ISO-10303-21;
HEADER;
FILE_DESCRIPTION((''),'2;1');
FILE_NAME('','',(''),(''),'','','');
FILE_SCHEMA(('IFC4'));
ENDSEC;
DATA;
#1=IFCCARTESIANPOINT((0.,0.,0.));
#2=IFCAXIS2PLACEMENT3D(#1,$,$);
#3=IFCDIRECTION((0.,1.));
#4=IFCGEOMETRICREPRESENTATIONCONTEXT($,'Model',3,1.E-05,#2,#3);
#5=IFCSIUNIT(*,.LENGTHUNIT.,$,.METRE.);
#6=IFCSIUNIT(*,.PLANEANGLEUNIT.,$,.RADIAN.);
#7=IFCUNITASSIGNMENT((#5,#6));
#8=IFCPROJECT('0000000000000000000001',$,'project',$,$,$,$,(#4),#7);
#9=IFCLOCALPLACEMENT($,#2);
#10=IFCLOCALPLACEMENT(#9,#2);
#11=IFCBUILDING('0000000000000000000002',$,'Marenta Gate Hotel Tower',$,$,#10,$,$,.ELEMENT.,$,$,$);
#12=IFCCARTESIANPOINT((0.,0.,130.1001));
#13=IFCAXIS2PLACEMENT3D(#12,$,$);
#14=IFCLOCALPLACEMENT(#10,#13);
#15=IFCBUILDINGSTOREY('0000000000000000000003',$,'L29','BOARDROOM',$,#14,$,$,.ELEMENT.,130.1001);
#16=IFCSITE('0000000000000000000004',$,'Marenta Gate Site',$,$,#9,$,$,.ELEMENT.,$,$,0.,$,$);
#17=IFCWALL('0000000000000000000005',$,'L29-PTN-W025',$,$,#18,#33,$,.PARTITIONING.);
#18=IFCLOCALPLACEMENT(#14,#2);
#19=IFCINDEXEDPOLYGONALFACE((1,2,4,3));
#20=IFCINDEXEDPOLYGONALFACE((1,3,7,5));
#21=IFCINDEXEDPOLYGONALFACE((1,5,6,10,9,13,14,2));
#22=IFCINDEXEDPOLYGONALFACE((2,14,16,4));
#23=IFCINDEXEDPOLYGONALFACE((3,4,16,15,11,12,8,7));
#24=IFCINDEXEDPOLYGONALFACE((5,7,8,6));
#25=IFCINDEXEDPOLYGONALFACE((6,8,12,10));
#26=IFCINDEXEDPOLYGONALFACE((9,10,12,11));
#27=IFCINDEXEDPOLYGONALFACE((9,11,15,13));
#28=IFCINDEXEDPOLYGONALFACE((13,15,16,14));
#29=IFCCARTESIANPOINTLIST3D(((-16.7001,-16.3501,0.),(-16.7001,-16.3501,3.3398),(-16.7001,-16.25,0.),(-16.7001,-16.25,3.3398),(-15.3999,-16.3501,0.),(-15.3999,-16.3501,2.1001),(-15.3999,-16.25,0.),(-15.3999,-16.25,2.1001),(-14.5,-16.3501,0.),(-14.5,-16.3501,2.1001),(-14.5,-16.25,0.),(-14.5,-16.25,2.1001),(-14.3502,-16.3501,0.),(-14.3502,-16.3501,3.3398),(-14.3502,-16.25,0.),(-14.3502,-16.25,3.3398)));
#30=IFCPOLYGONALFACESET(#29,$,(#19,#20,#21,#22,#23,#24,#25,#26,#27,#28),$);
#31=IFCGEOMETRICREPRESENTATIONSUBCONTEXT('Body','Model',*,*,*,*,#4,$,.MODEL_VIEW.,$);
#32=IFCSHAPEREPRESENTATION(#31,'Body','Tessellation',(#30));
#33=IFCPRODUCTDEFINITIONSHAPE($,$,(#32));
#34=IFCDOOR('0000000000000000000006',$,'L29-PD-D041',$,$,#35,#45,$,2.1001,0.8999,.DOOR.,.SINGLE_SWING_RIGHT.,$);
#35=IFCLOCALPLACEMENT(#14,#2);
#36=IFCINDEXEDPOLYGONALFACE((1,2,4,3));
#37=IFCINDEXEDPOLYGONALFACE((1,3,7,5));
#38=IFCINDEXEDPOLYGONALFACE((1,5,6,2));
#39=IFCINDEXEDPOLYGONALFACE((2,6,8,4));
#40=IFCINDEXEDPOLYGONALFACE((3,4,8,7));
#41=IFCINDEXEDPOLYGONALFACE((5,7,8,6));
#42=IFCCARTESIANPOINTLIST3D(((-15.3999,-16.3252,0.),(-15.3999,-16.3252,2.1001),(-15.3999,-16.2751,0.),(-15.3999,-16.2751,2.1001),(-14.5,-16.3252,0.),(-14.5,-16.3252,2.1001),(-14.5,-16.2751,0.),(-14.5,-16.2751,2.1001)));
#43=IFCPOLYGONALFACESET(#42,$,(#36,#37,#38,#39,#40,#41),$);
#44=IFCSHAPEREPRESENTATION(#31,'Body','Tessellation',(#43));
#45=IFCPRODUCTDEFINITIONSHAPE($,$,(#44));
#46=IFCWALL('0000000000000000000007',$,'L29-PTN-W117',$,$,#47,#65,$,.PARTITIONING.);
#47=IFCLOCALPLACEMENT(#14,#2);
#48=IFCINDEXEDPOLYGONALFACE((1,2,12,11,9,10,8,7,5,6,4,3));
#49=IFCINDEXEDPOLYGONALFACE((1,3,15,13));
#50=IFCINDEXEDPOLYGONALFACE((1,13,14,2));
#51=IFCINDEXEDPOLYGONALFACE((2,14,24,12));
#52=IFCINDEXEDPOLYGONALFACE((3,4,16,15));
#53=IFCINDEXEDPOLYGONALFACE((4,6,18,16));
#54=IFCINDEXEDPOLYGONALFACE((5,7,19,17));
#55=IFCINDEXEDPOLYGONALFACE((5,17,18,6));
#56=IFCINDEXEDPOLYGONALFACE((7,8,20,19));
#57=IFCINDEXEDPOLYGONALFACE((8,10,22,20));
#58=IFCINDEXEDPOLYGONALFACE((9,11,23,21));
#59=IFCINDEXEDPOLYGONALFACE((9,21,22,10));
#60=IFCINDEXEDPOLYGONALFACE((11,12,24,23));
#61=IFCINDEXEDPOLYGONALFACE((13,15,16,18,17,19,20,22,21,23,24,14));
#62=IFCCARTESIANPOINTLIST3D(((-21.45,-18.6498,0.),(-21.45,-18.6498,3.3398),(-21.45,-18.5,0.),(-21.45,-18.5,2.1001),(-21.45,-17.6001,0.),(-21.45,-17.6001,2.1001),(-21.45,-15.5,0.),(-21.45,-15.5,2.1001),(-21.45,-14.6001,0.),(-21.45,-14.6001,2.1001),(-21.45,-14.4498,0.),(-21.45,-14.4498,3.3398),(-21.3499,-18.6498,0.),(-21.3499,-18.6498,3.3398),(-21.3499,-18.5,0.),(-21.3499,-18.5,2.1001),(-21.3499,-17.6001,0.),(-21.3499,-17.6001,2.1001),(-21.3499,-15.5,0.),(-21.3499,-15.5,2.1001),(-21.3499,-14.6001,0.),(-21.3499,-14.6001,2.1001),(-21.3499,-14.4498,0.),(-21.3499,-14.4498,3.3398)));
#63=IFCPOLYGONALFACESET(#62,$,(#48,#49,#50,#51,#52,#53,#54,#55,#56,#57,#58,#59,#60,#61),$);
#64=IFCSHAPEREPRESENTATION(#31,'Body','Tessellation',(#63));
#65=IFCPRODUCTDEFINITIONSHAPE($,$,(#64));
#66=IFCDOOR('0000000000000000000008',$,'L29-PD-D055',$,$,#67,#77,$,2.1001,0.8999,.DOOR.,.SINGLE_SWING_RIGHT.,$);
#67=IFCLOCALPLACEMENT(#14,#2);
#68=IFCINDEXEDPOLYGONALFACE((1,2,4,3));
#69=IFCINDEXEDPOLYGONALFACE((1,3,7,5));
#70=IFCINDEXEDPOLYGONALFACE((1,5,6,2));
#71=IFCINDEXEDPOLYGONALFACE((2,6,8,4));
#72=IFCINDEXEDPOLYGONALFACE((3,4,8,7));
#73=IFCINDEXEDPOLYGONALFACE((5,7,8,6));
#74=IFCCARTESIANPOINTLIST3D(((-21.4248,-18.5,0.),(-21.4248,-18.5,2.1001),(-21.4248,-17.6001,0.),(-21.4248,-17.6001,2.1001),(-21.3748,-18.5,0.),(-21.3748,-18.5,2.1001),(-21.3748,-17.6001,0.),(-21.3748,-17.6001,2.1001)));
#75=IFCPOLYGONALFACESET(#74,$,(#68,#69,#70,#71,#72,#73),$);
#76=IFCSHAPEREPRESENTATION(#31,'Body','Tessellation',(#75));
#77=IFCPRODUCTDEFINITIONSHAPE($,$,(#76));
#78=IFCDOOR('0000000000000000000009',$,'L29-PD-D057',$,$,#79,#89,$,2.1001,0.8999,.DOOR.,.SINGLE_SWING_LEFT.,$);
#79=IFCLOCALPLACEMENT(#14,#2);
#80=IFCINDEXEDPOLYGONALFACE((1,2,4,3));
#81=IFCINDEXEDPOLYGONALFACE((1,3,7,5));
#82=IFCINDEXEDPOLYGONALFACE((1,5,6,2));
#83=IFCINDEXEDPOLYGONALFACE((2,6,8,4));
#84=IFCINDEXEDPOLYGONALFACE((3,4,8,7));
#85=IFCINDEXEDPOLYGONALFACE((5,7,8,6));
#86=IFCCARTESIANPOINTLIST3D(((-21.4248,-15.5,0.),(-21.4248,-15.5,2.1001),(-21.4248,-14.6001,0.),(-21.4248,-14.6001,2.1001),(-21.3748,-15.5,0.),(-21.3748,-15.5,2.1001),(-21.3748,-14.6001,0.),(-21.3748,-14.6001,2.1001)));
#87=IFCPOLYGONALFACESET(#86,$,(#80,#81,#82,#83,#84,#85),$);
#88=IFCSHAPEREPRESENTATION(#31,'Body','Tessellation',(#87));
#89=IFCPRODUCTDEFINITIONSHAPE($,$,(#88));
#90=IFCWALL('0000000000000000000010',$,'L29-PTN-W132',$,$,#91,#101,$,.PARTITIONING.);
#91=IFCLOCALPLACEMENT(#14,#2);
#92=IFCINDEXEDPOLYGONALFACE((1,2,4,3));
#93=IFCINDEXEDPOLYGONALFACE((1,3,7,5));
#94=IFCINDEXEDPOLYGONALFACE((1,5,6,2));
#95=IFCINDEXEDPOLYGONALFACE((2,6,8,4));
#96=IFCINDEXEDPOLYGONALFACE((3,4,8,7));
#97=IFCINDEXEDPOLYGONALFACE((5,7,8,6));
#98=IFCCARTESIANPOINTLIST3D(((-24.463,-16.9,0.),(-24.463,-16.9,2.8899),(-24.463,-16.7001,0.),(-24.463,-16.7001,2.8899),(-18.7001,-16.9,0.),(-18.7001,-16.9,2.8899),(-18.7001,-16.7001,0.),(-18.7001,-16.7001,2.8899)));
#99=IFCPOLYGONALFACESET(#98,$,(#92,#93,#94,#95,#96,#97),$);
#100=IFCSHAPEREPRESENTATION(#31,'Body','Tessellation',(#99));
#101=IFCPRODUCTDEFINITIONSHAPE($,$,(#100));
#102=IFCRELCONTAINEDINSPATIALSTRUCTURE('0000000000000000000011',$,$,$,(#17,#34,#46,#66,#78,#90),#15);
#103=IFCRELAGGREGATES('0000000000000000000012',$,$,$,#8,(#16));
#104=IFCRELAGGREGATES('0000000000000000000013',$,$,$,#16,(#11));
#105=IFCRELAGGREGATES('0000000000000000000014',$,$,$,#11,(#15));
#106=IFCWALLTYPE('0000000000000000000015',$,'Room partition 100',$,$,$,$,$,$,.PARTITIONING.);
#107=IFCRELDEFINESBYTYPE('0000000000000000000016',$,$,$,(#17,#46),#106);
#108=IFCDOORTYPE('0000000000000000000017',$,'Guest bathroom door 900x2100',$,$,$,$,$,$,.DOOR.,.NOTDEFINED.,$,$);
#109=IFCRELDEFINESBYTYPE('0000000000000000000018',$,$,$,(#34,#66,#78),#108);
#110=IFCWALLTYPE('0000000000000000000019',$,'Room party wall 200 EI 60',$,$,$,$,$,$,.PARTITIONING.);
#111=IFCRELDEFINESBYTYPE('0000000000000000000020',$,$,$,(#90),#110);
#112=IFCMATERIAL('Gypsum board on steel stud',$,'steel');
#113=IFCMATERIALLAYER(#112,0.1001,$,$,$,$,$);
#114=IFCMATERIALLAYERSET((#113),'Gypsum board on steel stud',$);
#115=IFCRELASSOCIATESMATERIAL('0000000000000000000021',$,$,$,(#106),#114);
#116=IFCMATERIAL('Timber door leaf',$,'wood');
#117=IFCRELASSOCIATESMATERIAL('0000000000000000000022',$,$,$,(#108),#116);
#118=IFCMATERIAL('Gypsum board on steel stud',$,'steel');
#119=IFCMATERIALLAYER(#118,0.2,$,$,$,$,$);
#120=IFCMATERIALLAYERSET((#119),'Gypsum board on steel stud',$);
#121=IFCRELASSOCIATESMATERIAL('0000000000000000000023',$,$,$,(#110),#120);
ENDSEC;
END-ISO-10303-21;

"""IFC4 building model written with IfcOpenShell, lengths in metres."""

from ifc_helpers import new_model, si_unit, direction, frame, frame_2d, origin, place, context, subcontext, project, spatial, rectangle, extrude, material, layer, layer_set, type_object, element, fill, save


model = new_model("IFC4")

# Units and contexts
model_context = context("Model", 3, precision=1e-05, world=origin(), true_north=direction((0.0, 1.0)))
body_context = subcontext(model_context, "Body", "Model", "MODEL_VIEW")
ifc_project = project(units=[si_unit("LENGTHUNIT", "METRE"), si_unit("PLANEANGLEUNIT", "RADIAN")], contexts=[model_context])

# Site, building, storey
site_placement = place(None, origin())
site = spatial("IfcSite", under=ifc_project, at=site_placement, Name="Marenta Gate Site", CompositionType="ELEMENT", RefElevation=0.0)
building_placement = place(site_placement, origin())
building = spatial("IfcBuilding", under=site, at=building_placement, Name="Marenta Gate Hotel Tower", CompositionType="ELEMENT")
storey_placement = place(building_placement, frame((0.0, 0.0, 130.1001)))
storey = spatial("IfcBuildingStorey", under=building, at=storey_placement, Name="L29", Description="BOARDROOM", CompositionType="ELEMENT", Elevation=130.1001)

# Shared definitions
ifc_material_1 = material(Name="Gypsum board on steel stud", Category="steel")
ifc_layer_1 = layer(ifc_material_1, 0.1001)
ifc_layer_set_1 = layer_set([ifc_layer_1], Name="Gypsum board on steel stud")
wall_type_1 = type_object("IfcWallType", Name="Room partition 100", PredefinedType="PARTITIONING", material=ifc_layer_set_1)

# Wall, opening, door
wall_1_placement = place(storey_placement, frame((-16.7, -16.3, 0.0), z_axis=(0.0, 0.0, 1.0), x_axis=(1.0, 0.0, 0.0)))
wall_1 = element("IfcWall", 1, at=wall_1_placement, inside=storey, type_object=wall_type_1, Name="L29-PTN-W025", PredefinedType="PARTITIONING", context=body_context, shape_type="SweptSolid", body=[
    extrude(rectangle(XDim=2.3499, YDim=0.1001, at=frame_2d((1.1748, 0.0))), origin(), (0.0, 0.0, 1.0), 3.3398),
])
opening_1_placement = place(wall_1_placement, frame((1.3, 0.0, 0.0)))
opening_1 = element("IfcOpeningElement", 2, at=opening_1_placement, cuts=wall_1, PredefinedType="OPENING", context=body_context, shape_type="SweptSolid", body=[
    extrude(rectangle(XDim=0.8999, YDim=2.1001, at=frame_2d((0.45, 1.05))), frame((0.0, 0.05, 0.0), z_axis=(0.0, -1.0, 0.0), x_axis=(1.0, 0.0, 0.0)), (0.0, 0.0, 1.0), 0.1001),
])
ifc_material_2 = material(Name="Timber door leaf", Category="wood")
door_type_1 = type_object("IfcDoorType", Name="Guest bathroom door 900x2100", OperationType="NOTDEFINED", PredefinedType="DOOR", material=ifc_material_2)
door_1_placement = place(opening_1_placement, origin())
door_1 = element("IfcDoor", 3, at=door_1_placement, inside=storey, type_object=door_type_1, Name="L29-PD-D041", OperationType="SINGLE_SWING_RIGHT", OverallHeight=2.1001, OverallWidth=0.8999, PredefinedType="DOOR", context=body_context, shape_type="SweptSolid", body=[
    extrude(rectangle(XDim=0.8999, YDim=2.1001, at=frame_2d((0.45, 1.05))), frame((0.0, 0.0249, 0.0), z_axis=(0.0, -1.0, 0.0), x_axis=(1.0, 0.0, 0.0)), (0.0, 0.0, 1.0), 0.05),
])
fill(opening_1, door_1)

# Wall, openings, doors
wall_2_placement = place(storey_placement, frame((-21.3999, -18.6499, 0.0), z_axis=(0.0, 0.0, 1.0), x_axis=(0.0, 1.0, 0.0)))
wall_2 = element("IfcWall", 4, at=wall_2_placement, inside=storey, type_object=wall_type_1, Name="L29-PTN-W117", PredefinedType="PARTITIONING", context=body_context, shape_type="SweptSolid", body=[
    extrude(rectangle(XDim=4.2, YDim=0.1001, at=frame_2d((2.1001, 0.0))), origin(), (0.0, 0.0, 1.0), 3.3398),
])
opening_2_placement = place(wall_2_placement, frame((0.1499, 0.0, 0.0)))
opening_2 = element("IfcOpeningElement", 5, at=opening_2_placement, cuts=wall_2, PredefinedType="OPENING", context=body_context, shape_type="SweptSolid", body=[
    extrude(rectangle(XDim=0.8999, YDim=2.1001, at=frame_2d((0.45, 1.05))), frame((0.0, 0.05, 0.0), z_axis=(0.0, -1.0, 0.0), x_axis=(1.0, 0.0, 0.0)), (0.0, 0.0, 1.0), 0.1001),
])
opening_3_placement = place(wall_2_placement, frame((3.1499, 0.0, 0.0)))
opening_3 = element("IfcOpeningElement", 6, at=opening_3_placement, cuts=wall_2, PredefinedType="OPENING", context=body_context, shape_type="SweptSolid", body=[
    extrude(rectangle(XDim=0.8999, YDim=2.1001, at=frame_2d((0.45, 1.05))), frame((0.0, 0.05, 0.0), z_axis=(0.0, -1.0, 0.0), x_axis=(1.0, 0.0, 0.0)), (0.0, 0.0, 1.0), 0.1001),
])
door_2_placement = place(opening_2_placement, origin())
door_2 = element("IfcDoor", 7, at=door_2_placement, inside=storey, type_object=door_type_1, Name="L29-PD-D055", OperationType="SINGLE_SWING_RIGHT", OverallHeight=2.1001, OverallWidth=0.8999, PredefinedType="DOOR", context=body_context, shape_type="SweptSolid", body=[
    extrude(rectangle(XDim=0.8999, YDim=2.1001, at=frame_2d((0.45, 1.05))), frame((0.0, 0.0249, 0.0), z_axis=(0.0, -1.0, 0.0), x_axis=(1.0, 0.0, 0.0)), (0.0, 0.0, 1.0), 0.05),
])
fill(opening_2, door_2)
door_3_placement = place(opening_3_placement, origin())
door_3 = element("IfcDoor", 8, at=door_3_placement, inside=storey, type_object=door_type_1, Name="L29-PD-D057", OperationType="SINGLE_SWING_LEFT", OverallHeight=2.1001, OverallWidth=0.8999, PredefinedType="DOOR", context=body_context, shape_type="SweptSolid", body=[
    extrude(rectangle(XDim=0.8999, YDim=2.1001, at=frame_2d((0.45, 1.05))), frame((0.0, 0.0249, 0.0), z_axis=(0.0, -1.0, 0.0), x_axis=(1.0, 0.0, 0.0)), (0.0, 0.0, 1.0), 0.05),
])
fill(opening_3, door_3)

# Wall
ifc_material_3 = material(Name="Gypsum board on steel stud", Category="steel")
ifc_layer_2 = layer(ifc_material_3, 0.2)
ifc_layer_set_2 = layer_set([ifc_layer_2], Name="Gypsum board on steel stud")
wall_type_2 = type_object("IfcWallType", Name="Room party wall 200 EI 60", PredefinedType="PARTITIONING", material=ifc_layer_set_2)
wall_3_placement = place(storey_placement, frame((-24.4629, -16.8, 0.0), z_axis=(0.0, 0.0, 1.0), x_axis=(1.0, 0.0, 0.0)))
element("IfcWall", 9, at=wall_3_placement, inside=storey, type_object=wall_type_2, Name="L29-PTN-W132", PredefinedType="PARTITIONING", context=body_context, shape_type="SweptSolid", body=[
    extrude(rectangle(XDim=5.7629, YDim=0.2, at=frame_2d((2.8813, 0.0))), origin(), (0.0, 0.0, 1.0), 2.8899),
])

save(model, "model.ifc")
